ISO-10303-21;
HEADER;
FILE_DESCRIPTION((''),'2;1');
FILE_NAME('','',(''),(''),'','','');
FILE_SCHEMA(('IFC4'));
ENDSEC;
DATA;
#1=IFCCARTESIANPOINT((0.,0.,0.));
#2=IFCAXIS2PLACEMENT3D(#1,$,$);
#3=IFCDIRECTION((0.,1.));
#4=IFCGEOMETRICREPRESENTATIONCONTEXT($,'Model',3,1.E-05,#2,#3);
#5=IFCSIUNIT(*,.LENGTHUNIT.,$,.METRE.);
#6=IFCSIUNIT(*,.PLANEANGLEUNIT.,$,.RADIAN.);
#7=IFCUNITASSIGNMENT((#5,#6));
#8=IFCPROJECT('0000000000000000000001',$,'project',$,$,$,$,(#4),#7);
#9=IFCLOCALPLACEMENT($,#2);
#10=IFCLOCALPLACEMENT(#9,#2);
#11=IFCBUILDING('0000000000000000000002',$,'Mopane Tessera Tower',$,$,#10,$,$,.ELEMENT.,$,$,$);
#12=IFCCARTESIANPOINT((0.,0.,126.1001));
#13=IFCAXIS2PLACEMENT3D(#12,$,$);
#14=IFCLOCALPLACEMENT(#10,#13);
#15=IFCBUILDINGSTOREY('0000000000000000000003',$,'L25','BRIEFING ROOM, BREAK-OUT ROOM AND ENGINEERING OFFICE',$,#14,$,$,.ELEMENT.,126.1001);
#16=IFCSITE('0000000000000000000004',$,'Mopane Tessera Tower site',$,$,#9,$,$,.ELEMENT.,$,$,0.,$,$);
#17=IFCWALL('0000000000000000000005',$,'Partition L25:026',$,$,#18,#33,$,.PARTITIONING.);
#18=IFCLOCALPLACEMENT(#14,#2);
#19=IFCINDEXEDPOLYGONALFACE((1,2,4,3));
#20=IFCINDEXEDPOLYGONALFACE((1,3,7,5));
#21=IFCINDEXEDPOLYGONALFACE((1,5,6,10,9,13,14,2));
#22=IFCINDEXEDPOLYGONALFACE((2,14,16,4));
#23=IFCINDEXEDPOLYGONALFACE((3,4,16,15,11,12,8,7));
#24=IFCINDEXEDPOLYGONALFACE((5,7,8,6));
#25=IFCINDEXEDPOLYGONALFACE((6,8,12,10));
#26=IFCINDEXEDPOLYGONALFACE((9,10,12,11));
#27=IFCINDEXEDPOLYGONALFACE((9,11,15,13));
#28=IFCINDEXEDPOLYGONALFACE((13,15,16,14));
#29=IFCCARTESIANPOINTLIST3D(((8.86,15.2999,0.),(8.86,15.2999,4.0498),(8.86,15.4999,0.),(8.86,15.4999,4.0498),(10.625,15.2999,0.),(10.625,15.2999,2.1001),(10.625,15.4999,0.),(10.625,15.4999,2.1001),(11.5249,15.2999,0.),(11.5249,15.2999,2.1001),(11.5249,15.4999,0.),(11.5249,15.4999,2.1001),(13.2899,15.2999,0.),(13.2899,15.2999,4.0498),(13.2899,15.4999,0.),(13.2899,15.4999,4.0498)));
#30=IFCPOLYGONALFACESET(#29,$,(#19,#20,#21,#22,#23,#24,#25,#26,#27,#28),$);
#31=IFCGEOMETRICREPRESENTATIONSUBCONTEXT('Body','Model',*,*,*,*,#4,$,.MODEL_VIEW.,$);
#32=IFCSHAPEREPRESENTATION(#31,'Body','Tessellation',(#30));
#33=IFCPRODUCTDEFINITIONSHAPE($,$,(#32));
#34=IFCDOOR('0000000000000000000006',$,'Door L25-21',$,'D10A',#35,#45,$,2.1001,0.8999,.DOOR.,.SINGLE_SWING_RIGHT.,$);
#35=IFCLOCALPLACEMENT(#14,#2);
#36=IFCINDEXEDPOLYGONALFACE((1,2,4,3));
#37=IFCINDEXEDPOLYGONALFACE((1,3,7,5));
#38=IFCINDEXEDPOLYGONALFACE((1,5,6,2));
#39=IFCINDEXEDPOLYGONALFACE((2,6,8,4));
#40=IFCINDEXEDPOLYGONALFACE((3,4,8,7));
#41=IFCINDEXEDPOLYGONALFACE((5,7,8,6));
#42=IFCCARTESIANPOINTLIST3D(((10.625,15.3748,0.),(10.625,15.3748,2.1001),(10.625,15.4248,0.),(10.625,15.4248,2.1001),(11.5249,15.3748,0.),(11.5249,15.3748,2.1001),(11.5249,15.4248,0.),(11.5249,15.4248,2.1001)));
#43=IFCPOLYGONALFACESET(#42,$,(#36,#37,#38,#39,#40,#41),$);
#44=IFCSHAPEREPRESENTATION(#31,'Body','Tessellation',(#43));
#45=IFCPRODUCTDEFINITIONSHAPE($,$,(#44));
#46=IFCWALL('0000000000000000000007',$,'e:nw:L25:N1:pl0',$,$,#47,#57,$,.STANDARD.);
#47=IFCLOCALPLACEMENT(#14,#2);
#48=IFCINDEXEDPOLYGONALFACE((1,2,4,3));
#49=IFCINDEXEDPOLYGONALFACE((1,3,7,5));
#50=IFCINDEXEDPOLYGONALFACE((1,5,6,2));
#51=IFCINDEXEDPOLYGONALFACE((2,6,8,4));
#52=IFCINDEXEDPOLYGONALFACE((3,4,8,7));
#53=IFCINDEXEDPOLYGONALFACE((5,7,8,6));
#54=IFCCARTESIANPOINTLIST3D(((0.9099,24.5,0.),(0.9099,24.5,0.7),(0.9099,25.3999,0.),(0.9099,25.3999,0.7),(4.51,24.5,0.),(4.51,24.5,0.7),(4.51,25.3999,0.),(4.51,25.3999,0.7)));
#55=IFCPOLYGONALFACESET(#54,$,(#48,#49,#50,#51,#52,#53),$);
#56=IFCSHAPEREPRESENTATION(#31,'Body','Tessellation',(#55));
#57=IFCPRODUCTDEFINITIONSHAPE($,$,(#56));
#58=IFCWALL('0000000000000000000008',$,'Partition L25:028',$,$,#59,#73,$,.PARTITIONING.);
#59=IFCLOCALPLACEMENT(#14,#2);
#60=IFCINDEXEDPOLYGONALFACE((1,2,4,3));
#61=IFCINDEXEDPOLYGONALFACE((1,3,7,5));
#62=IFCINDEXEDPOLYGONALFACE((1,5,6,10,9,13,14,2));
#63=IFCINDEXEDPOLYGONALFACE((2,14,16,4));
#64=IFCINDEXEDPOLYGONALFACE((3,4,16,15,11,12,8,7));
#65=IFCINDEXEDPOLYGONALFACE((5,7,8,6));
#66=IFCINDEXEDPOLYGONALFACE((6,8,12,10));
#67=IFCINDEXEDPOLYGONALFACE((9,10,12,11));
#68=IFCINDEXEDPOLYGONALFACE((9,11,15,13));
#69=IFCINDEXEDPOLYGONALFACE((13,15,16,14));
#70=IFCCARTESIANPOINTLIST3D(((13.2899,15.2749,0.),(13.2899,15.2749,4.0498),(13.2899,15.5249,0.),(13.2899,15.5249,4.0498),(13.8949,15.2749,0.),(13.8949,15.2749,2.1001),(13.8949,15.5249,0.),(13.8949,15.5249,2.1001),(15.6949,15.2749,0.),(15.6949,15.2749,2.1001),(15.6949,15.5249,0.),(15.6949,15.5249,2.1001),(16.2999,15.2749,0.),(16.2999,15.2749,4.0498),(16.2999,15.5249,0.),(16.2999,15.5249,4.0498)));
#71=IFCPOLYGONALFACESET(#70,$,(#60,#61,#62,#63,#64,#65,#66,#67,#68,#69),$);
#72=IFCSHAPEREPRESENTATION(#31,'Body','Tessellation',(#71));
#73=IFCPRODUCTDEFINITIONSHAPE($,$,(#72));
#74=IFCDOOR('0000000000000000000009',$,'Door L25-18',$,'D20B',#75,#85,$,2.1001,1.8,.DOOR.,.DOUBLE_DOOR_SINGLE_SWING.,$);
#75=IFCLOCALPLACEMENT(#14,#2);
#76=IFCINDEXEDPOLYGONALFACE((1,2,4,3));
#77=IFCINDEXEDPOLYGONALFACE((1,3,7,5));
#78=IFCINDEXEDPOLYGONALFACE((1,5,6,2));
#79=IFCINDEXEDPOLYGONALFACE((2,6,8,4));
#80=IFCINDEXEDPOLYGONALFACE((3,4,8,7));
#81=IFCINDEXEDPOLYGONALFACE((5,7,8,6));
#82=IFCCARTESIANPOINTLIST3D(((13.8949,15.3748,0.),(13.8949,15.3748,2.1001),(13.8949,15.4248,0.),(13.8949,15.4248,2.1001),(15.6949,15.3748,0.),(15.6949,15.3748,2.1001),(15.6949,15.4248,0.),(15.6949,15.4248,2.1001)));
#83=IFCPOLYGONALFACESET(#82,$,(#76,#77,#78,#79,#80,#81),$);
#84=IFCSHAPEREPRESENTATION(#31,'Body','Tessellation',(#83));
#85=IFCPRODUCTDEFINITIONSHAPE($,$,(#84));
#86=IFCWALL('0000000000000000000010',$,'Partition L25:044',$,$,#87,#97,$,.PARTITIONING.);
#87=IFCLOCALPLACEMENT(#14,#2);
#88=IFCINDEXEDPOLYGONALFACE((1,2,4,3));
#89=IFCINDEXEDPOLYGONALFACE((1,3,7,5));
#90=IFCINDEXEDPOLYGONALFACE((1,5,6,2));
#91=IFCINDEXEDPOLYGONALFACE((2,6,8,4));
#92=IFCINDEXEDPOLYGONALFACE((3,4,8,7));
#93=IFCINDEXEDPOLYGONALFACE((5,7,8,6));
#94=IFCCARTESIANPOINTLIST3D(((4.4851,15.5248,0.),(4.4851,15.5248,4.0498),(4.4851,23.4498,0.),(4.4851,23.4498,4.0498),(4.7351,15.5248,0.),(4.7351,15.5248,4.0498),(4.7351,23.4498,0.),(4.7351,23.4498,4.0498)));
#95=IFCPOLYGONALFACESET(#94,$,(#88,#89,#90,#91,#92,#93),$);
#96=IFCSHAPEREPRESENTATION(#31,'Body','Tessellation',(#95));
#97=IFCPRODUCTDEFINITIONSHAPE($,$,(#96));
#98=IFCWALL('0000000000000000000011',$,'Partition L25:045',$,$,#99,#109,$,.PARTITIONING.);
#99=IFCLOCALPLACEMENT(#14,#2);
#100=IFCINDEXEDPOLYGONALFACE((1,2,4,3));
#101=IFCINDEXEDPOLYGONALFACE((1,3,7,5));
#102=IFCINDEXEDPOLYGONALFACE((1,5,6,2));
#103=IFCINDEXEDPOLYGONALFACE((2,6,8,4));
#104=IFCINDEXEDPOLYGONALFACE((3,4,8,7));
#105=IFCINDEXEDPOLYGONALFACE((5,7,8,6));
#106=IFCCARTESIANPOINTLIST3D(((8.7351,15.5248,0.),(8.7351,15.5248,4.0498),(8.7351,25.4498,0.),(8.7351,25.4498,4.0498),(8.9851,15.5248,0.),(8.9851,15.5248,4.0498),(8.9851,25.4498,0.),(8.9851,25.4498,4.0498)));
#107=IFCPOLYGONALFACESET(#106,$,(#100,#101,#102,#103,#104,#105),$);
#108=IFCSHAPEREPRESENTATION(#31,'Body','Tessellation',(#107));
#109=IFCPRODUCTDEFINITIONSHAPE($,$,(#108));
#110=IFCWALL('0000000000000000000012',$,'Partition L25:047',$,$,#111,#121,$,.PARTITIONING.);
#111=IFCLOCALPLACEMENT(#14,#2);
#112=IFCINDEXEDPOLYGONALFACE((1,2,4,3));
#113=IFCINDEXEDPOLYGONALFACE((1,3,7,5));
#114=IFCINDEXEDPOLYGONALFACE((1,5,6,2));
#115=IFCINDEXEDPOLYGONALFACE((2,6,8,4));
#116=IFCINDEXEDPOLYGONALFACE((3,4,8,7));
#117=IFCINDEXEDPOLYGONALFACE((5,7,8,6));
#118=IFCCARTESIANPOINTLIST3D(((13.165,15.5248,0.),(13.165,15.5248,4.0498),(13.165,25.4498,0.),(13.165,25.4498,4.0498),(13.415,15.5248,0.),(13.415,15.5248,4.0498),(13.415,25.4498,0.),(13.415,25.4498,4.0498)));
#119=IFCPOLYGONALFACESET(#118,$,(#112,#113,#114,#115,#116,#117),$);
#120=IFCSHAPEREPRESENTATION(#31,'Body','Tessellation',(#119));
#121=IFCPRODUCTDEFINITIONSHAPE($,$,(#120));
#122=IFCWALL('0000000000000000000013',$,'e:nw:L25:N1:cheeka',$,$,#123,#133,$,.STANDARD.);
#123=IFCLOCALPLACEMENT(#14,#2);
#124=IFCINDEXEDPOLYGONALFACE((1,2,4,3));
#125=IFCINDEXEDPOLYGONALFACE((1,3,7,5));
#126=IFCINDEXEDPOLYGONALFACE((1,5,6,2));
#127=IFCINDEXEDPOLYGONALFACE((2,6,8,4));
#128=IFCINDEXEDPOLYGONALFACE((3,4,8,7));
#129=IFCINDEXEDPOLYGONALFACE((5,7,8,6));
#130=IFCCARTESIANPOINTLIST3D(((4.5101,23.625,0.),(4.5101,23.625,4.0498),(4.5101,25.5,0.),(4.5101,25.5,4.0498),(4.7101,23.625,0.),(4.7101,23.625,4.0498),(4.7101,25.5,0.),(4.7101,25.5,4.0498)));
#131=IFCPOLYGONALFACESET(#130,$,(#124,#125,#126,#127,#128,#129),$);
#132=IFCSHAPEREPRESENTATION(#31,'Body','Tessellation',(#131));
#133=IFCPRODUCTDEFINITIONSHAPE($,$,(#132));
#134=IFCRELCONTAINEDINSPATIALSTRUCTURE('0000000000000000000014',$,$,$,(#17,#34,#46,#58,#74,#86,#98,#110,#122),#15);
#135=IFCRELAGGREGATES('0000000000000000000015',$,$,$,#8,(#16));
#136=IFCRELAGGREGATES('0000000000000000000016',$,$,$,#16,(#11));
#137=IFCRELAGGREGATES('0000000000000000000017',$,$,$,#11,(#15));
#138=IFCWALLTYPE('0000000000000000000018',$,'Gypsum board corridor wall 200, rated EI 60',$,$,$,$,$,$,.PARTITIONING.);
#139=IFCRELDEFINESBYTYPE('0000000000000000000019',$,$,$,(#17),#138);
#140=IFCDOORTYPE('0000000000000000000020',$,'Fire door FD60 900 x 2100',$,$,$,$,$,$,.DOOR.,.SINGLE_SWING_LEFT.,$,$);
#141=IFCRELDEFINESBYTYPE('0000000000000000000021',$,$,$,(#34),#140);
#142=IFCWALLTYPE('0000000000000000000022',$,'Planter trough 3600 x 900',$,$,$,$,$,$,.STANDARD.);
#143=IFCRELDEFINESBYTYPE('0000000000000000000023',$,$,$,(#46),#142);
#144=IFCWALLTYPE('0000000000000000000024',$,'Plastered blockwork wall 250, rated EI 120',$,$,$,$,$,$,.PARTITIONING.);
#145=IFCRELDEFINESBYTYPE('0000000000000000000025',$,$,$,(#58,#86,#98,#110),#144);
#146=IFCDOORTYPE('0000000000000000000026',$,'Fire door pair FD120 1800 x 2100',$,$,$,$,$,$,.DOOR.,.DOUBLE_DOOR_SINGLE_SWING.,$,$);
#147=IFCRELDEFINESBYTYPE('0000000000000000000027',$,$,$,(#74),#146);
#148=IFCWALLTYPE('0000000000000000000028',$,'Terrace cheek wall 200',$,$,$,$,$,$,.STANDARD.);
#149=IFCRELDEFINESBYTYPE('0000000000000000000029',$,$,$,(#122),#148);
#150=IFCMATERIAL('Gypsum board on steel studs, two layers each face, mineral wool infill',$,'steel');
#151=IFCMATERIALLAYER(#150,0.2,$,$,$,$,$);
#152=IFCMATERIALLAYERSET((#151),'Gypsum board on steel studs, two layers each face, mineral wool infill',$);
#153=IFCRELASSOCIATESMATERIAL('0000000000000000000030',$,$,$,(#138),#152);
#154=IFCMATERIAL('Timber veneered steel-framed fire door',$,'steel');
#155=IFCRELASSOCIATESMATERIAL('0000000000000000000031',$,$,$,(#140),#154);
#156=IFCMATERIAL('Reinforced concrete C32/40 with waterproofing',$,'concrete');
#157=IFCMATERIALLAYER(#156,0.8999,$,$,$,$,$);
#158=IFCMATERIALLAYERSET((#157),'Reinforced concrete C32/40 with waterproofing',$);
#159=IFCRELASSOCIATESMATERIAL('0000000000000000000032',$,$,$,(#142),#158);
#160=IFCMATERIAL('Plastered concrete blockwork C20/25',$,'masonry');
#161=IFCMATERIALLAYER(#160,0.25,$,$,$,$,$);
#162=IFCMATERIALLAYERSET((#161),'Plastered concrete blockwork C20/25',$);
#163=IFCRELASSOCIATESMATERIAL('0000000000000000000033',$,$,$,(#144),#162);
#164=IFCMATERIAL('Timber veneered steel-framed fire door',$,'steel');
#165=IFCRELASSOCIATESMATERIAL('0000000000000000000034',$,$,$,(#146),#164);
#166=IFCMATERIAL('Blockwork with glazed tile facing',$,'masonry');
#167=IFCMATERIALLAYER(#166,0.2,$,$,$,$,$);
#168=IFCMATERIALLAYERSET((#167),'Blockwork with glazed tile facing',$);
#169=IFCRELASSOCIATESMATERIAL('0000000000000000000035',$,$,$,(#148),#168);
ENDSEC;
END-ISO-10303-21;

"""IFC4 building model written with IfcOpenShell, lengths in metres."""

from ifc_helpers import new_model, si_unit, direction, frame, frame_2d, origin, place, context, subcontext, project, spatial, rectangle, extrude, material, layer, layer_set, type_object, element, fill, save


model = new_model("IFC4")

# Units and contexts
model_context = context("Model", 3, precision=1e-05, world=origin(), true_north=direction((0.0, 1.0)))
body_context = subcontext(model_context, "Body", "Model", "MODEL_VIEW")
ifc_project = project(units=[si_unit("LENGTHUNIT", "METRE"), si_unit("PLANEANGLEUNIT", "RADIAN")], contexts=[model_context])

# Site, building, storey
site_placement = place(None, origin())
site = spatial("IfcSite", under=ifc_project, at=site_placement, Name="Mopane Tessera Tower site", CompositionType="ELEMENT", RefElevation=0.0)
building_placement = place(site_placement, origin())
building = spatial("IfcBuilding", under=site, at=building_placement, Name="Mopane Tessera Tower", CompositionType="ELEMENT")
storey_placement = place(building_placement, frame((0.0, 0.0, 126.1001)))
storey = spatial("IfcBuildingStorey", under=building, at=storey_placement, Name="L25", Description="BRIEFING ROOM, BREAK-OUT ROOM AND ENGINEERING OFFICE", CompositionType="ELEMENT", Elevation=126.1001)

# Wall, opening, door
ifc_material_1 = material(Name="Gypsum board on steel studs, two layers each face, mineral wool infill", Category="steel")
ifc_layer_1 = layer(ifc_material_1, 0.2)
ifc_layer_set_1 = layer_set([ifc_layer_1], Name="Gypsum board on steel studs, two layers each face, mineral wool infill")
wall_type_1 = type_object("IfcWallType", Name="Gypsum board corridor wall 200, rated EI 60", PredefinedType="PARTITIONING", material=ifc_layer_set_1)
wall_1_placement = place(storey_placement, frame((8.8601, 15.3999, 0.0), z_axis=(0.0, 0.0, 1.0), x_axis=(1.0, 0.0, 0.0)))
wall_1 = element("IfcWall", 1, at=wall_1_placement, inside=storey, type_object=wall_type_1, Name="Partition L25:026", PredefinedType="PARTITIONING", context=body_context, shape_type="SweptSolid", body=[
    extrude(rectangle(XDim=4.4299, YDim=0.2, at=frame_2d((2.2148, 0.0))), origin(), (0.0, 0.0, 1.0), 4.0498),
])
opening_1_placement = place(wall_1_placement, frame((1.7649, 0.0, 0.0)))
opening_1 = element("IfcOpeningElement", 2, at=opening_1_placement, cuts=wall_1, PredefinedType="OPENING", context=body_context, shape_type="SweptSolid", body=[
    extrude(rectangle(XDim=0.8999, YDim=2.1001, at=frame_2d((0.45, 1.05))), frame((0.0, 0.1121, 0.0), z_axis=(0.0, -1.0, 0.0), x_axis=(1.0, 0.0, 0.0)), (0.0, 0.0, 1.0), 0.2239),
])
ifc_material_2 = material(Name="Timber veneered steel-framed fire door", Category="steel")
door_type_1 = type_object("IfcDoorType", Name="Fire door FD60 900 x 2100", OperationType="SINGLE_SWING_LEFT", PredefinedType="DOOR", material=ifc_material_2)
door_1_placement = place(opening_1_placement, origin())
door_1 = element("IfcDoor", 3, at=door_1_placement, inside=storey, type_object=door_type_1, Name="Door L25-21", ObjectType="D10A", OperationType="SINGLE_SWING_RIGHT", OverallHeight=2.1001, OverallWidth=0.8999, PredefinedType="DOOR", context=body_context, shape_type="SweptSolid", body=[
    extrude(rectangle(XDim=0.8999, YDim=2.1001, at=frame_2d((0.45, 1.05))), frame((0.0, 0.0249, 0.0), z_axis=(0.0, -1.0, 0.0), x_axis=(1.0, 0.0, 0.0)), (0.0, 0.0, 1.0), 0.05),
])
fill(opening_1, door_1)

# Wall
ifc_material_3 = material(Name="Reinforced concrete C32/40 with waterproofing", Category="concrete")
ifc_layer_2 = layer(ifc_material_3, 0.8999)
ifc_layer_set_2 = layer_set([ifc_layer_2], Name="Reinforced concrete C32/40 with waterproofing")
wall_type_2 = type_object("IfcWallType", Name="Planter trough 3600 x 900", PredefinedType="STANDARD", material=ifc_layer_set_2)
wall_2_placement = place(storey_placement, frame((4.51, 24.95, 0.0), z_axis=(0.0, 0.0, 1.0), x_axis=(-1.0, 0.0, 0.0)))
element("IfcWall", 4, at=wall_2_placement, inside=storey, type_object=wall_type_2, Name="e:nw:L25:N1:pl0", PredefinedType="STANDARD", context=body_context, shape_type="SweptSolid", body=[
    extrude(rectangle(XDim=3.6001, YDim=0.8999, at=frame_2d((1.8, 0.0))), origin(), (0.0, 0.0, 1.0), 0.7),
])

# Wall, opening, door
ifc_material_4 = material(Name="Plastered concrete blockwork C20/25", Category="masonry")
ifc_layer_3 = layer(ifc_material_4, 0.25)
ifc_layer_set_3 = layer_set([ifc_layer_3], Name="Plastered concrete blockwork C20/25")
wall_type_3 = type_object("IfcWallType", Name="Plastered blockwork wall 250, rated EI 120", PredefinedType="PARTITIONING", material=ifc_layer_set_3)
wall_3_placement = place(storey_placement, frame((13.29, 15.3999, 0.0), z_axis=(0.0, 0.0, 1.0), x_axis=(1.0, 0.0, 0.0)))
wall_3 = element("IfcWall", 5, at=wall_3_placement, inside=storey, type_object=wall_type_3, Name="Partition L25:028", PredefinedType="PARTITIONING", context=body_context, shape_type="SweptSolid", body=[
    extrude(rectangle(XDim=3.01, YDim=0.25, at=frame_2d((1.5049, 0.0))), origin(), (0.0, 0.0, 1.0), 4.0498),
])
opening_2_placement = place(wall_3_placement, frame((0.605, 0.0, 0.0)))
opening_2 = element("IfcOpeningElement", 6, at=opening_2_placement, cuts=wall_3, PredefinedType="OPENING", context=body_context, shape_type="SweptSolid", body=[
    extrude(rectangle(XDim=1.8, YDim=2.1001, at=frame_2d((0.8999, 1.05))), frame((0.0, 0.137, 0.0), z_axis=(0.0, -1.0, 0.0), x_axis=(1.0, 0.0, 0.0)), (0.0, 0.0, 1.0), 0.2739),
])
ifc_material_5 = material(Name="Timber veneered steel-framed fire door", Category="steel")
door_type_2 = type_object("IfcDoorType", Name="Fire door pair FD120 1800 x 2100", OperationType="DOUBLE_DOOR_SINGLE_SWING", PredefinedType="DOOR", material=ifc_material_5)
door_2_placement = place(opening_2_placement, origin())
door_2 = element("IfcDoor", 7, at=door_2_placement, inside=storey, type_object=door_type_2, Name="Door L25-18", ObjectType="D20B", OperationType="DOUBLE_DOOR_SINGLE_SWING", OverallHeight=2.1001, OverallWidth=1.8, PredefinedType="DOOR", context=body_context, shape_type="SweptSolid", body=[
    extrude(rectangle(XDim=1.8, YDim=2.1001, at=frame_2d((0.8999, 1.05))), frame((0.0, 0.0249, 0.0), z_axis=(0.0, -1.0, 0.0), x_axis=(1.0, 0.0, 0.0)), (0.0, 0.0, 1.0), 0.05),
])
fill(opening_2, door_2)

# Walls
wall_4_placement = place(storey_placement, frame((4.6101, 15.5249, 0.0), z_axis=(0.0, 0.0, 1.0), x_axis=(0.0, 1.0, 0.0)))
element("IfcWall", 8, at=wall_4_placement, inside=storey, type_object=wall_type_3, Name="Partition L25:044", PredefinedType="PARTITIONING", context=body_context, shape_type="SweptSolid", body=[
    extrude(rectangle(XDim=7.925, YDim=0.25, at=frame_2d((3.9624, 0.0))), origin(), (0.0, 0.0, 1.0), 4.0498),
])
for number, where, z_axis, x_axis, name in (
    (9, (8.8601, 15.5249, 0.0), (0.0, 0.0, 1.0), (0.0, 1.0, 0.0), "Partition L25:045"),
    (10, (13.29, 15.5249, 0.0), (0.0, 0.0, 1.0), (0.0, 1.0, 0.0), "Partition L25:047"),
):
    element("IfcWall", number, at=place(storey_placement, frame(where, z_axis=z_axis, x_axis=x_axis)), inside=storey, type_object=wall_type_3, Name=name, PredefinedType="PARTITIONING", context=body_context, shape_type="SweptSolid", body=[
        extrude(rectangle(XDim=9.925, YDim=0.25, at=frame_2d((4.9624, 0.0))), origin(), (0.0, 0.0, 1.0), 4.0498),
    ])
ifc_material_6 = material(Name="Blockwork with glazed tile facing", Category="masonry")
ifc_layer_4 = layer(ifc_material_6, 0.2)
ifc_layer_set_4 = layer_set([ifc_layer_4], Name="Blockwork with glazed tile facing")
wall_type_4 = type_object("IfcWallType", Name="Terrace cheek wall 200", PredefinedType="STANDARD", material=ifc_layer_set_4)
wall_5_placement = place(storey_placement, frame((4.6101, 25.5, 0.0), z_axis=(0.0, 0.0, 1.0), x_axis=(0.0, -1.0, 0.0)))
element("IfcWall", 11, at=wall_5_placement, inside=storey, type_object=wall_type_4, Name="e:nw:L25:N1:cheeka", PredefinedType="STANDARD", context=body_context, shape_type="SweptSolid", body=[
    extrude(rectangle(XDim=1.875, YDim=0.2, at=frame_2d((0.9375, 0.0))), origin(), (0.0, 0.0, 1.0), 4.0498),
])

save(model, "model.ifc")
